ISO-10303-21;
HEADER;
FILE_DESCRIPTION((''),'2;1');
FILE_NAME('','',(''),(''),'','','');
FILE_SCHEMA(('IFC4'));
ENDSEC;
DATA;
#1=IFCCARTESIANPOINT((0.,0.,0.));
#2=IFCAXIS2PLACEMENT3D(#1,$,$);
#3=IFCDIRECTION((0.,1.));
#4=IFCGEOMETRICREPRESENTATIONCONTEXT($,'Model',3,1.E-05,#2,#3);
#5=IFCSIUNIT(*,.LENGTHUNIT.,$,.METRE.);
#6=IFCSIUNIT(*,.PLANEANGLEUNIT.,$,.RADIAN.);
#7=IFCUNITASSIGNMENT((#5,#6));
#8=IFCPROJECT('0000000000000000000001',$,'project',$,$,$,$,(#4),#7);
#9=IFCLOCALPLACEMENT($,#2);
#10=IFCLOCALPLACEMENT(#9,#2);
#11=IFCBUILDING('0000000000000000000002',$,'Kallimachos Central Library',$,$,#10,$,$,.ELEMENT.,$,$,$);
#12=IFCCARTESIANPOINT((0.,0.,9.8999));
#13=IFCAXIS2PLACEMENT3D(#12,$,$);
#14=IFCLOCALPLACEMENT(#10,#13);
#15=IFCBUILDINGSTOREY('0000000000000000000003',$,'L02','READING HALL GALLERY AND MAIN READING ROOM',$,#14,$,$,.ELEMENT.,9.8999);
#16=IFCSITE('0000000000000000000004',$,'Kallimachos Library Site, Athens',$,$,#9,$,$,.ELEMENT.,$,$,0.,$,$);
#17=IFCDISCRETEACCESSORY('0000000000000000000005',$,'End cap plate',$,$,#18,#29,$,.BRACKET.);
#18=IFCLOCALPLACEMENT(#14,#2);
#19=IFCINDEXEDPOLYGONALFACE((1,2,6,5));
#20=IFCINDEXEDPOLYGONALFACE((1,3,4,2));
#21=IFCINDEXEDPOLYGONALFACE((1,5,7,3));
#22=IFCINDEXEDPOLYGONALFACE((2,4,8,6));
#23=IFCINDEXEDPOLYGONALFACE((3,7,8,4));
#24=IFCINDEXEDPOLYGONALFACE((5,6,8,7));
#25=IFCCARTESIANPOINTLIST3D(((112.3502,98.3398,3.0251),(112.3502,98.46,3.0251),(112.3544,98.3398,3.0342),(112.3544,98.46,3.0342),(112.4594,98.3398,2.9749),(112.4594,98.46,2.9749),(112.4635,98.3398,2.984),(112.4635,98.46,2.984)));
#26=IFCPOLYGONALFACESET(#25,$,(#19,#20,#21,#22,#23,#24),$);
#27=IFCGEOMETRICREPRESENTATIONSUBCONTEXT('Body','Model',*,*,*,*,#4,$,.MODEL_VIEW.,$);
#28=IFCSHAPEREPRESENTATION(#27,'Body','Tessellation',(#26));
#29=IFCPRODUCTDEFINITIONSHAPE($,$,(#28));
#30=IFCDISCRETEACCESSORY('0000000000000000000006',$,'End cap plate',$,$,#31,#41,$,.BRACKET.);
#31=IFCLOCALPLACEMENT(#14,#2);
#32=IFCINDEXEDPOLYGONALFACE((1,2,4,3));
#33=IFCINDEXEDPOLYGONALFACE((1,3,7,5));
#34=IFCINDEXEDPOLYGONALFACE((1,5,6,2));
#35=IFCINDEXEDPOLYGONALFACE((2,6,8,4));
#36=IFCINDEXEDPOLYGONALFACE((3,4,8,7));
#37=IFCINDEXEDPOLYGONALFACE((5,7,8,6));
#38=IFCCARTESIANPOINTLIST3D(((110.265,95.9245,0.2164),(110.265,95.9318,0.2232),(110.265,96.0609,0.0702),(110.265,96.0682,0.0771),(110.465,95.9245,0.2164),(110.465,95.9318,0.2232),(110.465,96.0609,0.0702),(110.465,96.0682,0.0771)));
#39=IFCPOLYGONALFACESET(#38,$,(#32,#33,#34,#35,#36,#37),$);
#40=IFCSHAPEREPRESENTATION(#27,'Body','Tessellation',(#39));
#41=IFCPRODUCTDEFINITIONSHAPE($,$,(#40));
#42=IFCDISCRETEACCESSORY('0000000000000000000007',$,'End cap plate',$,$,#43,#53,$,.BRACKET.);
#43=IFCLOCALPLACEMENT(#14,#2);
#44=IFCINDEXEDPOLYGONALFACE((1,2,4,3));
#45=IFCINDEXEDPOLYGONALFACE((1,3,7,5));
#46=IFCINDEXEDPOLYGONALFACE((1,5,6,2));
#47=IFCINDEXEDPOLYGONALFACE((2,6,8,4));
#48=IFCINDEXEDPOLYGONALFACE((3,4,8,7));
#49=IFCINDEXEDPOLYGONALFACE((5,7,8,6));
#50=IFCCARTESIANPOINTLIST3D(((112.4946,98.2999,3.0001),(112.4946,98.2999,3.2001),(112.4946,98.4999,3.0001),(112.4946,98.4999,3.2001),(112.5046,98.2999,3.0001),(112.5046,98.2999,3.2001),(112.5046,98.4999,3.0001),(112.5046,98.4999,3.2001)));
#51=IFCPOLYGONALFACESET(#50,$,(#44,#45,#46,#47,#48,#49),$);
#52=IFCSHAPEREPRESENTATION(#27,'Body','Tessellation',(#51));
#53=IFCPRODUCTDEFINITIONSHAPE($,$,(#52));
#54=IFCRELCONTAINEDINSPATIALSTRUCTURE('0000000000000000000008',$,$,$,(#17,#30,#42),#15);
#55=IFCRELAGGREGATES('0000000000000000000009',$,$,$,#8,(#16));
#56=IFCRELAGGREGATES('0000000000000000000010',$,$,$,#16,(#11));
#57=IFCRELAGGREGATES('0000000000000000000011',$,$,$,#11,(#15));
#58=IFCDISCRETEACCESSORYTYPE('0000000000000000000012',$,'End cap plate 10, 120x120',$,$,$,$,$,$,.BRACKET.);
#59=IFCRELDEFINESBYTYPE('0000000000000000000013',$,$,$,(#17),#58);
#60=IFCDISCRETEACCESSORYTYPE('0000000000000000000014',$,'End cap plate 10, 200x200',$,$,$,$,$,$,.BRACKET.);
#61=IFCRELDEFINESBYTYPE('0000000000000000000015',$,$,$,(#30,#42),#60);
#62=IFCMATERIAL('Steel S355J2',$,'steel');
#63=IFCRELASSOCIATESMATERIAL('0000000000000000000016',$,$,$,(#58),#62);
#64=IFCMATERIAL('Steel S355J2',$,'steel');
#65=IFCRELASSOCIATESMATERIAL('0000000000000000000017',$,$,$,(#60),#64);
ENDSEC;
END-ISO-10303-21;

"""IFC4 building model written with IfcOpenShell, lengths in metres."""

from ifc_helpers import new_model, si_unit, direction, frame, origin, origin_2d, place, context, subcontext, project, spatial, rectangle, extrude, material, material_profile, profile_set, type_object, element, save


model = new_model("IFC4")

# Units and contexts
model_context = context("Model", 3, precision=1e-05, world=origin(), true_north=direction((0.0, 1.0)))
body_context = subcontext(model_context, "Body", "Model", "MODEL_VIEW")
ifc_project = project(units=[si_unit("LENGTHUNIT", "METRE"), si_unit("PLANEANGLEUNIT", "RADIAN")], contexts=[model_context])

# Site, building, storey
site_placement = place(None, origin())
site = spatial("IfcSite", under=ifc_project, at=site_placement, Name="Kallimachos Library Site, Athens", CompositionType="ELEMENT", RefElevation=0.0)
building_placement = place(site_placement, origin())
building = spatial("IfcBuilding", under=site, at=building_placement, Name="Kallimachos Central Library", CompositionType="ELEMENT")
storey_placement = place(building_placement, frame((0.0, 0.0, 9.8999)))
storey = spatial("IfcBuildingStorey", under=building, at=storey_placement, Name="L02", Description="READING HALL GALLERY AND MAIN READING ROOM", CompositionType="ELEMENT", Elevation=9.8999)

# Discrete accessories
ifc_material_1 = material(Name="Steel S355J2", Category="steel")
ifc_material_profile_1 = material_profile(ifc_material_1, rectangle(XDim=0.1201, YDim=0.1201, at=origin_2d()), Name="End cap plate 10, 120x120")
ifc_profile_set_1 = profile_set([ifc_material_profile_1], Name="Steel S355J2")
discrete_accessory_type_1 = type_object("IfcDiscreteAccessoryType", Name="End cap plate 10, 120x120", PredefinedType="BRACKET", material=ifc_profile_set_1)
discrete_accessory_placement = place(storey_placement, frame((112.4048, 98.3999, 3.0), z_axis=(0.4175, 0.0, 0.908677), x_axis=(0.0, 1.0, 0.0)))
element("IfcDiscreteAccessory", 1, at=discrete_accessory_placement, inside=storey, type_object=discrete_accessory_type_1, Name="End cap plate", PredefinedType="BRACKET", context=body_context, shape_type="SweptSolid", body=[
    extrude(rectangle(XDim=0.1201, YDim=0.1201, at=origin_2d()), origin(), (0.0, 0.0, 1.0), 0.01),
])
ifc_material_2 = material(Name="Steel S355J2", Category="steel")
ifc_material_profile_2 = material_profile(ifc_material_2, rectangle(XDim=0.2, YDim=0.2, at=origin_2d()), Name="End cap plate 10, 200x200")
ifc_profile_set_2 = profile_set([ifc_material_profile_2], Name="Steel S355J2")
discrete_accessory_type_2 = type_object("IfcDiscreteAccessoryType", Name="End cap plate 10, 200x200", PredefinedType="BRACKET", material=ifc_profile_set_2)
for number, where, z_axis, x_axis, name in (
    (2, (110.365, 95.9927, 0.1433), (0.0, 0.731055, 0.682318), (-1.0, 0.0, 0.0), "End cap plate"),
    (3, (112.4946, 98.3999, 3.1001), (1.0, 0.0, 0.0), (0.0, 1.0, 0.0), "End cap plate"),
):
    element("IfcDiscreteAccessory", number, at=place(storey_placement, frame(where, z_axis=z_axis, x_axis=x_axis)), inside=storey, type_object=discrete_accessory_type_2, Name=name, PredefinedType="BRACKET", context=body_context, shape_type="SweptSolid", body=[
        extrude(rectangle(XDim=0.2, YDim=0.2, at=origin_2d()), origin(), (0.0, 0.0, 1.0), 0.01),
    ])

save(model, "model.ifc")
